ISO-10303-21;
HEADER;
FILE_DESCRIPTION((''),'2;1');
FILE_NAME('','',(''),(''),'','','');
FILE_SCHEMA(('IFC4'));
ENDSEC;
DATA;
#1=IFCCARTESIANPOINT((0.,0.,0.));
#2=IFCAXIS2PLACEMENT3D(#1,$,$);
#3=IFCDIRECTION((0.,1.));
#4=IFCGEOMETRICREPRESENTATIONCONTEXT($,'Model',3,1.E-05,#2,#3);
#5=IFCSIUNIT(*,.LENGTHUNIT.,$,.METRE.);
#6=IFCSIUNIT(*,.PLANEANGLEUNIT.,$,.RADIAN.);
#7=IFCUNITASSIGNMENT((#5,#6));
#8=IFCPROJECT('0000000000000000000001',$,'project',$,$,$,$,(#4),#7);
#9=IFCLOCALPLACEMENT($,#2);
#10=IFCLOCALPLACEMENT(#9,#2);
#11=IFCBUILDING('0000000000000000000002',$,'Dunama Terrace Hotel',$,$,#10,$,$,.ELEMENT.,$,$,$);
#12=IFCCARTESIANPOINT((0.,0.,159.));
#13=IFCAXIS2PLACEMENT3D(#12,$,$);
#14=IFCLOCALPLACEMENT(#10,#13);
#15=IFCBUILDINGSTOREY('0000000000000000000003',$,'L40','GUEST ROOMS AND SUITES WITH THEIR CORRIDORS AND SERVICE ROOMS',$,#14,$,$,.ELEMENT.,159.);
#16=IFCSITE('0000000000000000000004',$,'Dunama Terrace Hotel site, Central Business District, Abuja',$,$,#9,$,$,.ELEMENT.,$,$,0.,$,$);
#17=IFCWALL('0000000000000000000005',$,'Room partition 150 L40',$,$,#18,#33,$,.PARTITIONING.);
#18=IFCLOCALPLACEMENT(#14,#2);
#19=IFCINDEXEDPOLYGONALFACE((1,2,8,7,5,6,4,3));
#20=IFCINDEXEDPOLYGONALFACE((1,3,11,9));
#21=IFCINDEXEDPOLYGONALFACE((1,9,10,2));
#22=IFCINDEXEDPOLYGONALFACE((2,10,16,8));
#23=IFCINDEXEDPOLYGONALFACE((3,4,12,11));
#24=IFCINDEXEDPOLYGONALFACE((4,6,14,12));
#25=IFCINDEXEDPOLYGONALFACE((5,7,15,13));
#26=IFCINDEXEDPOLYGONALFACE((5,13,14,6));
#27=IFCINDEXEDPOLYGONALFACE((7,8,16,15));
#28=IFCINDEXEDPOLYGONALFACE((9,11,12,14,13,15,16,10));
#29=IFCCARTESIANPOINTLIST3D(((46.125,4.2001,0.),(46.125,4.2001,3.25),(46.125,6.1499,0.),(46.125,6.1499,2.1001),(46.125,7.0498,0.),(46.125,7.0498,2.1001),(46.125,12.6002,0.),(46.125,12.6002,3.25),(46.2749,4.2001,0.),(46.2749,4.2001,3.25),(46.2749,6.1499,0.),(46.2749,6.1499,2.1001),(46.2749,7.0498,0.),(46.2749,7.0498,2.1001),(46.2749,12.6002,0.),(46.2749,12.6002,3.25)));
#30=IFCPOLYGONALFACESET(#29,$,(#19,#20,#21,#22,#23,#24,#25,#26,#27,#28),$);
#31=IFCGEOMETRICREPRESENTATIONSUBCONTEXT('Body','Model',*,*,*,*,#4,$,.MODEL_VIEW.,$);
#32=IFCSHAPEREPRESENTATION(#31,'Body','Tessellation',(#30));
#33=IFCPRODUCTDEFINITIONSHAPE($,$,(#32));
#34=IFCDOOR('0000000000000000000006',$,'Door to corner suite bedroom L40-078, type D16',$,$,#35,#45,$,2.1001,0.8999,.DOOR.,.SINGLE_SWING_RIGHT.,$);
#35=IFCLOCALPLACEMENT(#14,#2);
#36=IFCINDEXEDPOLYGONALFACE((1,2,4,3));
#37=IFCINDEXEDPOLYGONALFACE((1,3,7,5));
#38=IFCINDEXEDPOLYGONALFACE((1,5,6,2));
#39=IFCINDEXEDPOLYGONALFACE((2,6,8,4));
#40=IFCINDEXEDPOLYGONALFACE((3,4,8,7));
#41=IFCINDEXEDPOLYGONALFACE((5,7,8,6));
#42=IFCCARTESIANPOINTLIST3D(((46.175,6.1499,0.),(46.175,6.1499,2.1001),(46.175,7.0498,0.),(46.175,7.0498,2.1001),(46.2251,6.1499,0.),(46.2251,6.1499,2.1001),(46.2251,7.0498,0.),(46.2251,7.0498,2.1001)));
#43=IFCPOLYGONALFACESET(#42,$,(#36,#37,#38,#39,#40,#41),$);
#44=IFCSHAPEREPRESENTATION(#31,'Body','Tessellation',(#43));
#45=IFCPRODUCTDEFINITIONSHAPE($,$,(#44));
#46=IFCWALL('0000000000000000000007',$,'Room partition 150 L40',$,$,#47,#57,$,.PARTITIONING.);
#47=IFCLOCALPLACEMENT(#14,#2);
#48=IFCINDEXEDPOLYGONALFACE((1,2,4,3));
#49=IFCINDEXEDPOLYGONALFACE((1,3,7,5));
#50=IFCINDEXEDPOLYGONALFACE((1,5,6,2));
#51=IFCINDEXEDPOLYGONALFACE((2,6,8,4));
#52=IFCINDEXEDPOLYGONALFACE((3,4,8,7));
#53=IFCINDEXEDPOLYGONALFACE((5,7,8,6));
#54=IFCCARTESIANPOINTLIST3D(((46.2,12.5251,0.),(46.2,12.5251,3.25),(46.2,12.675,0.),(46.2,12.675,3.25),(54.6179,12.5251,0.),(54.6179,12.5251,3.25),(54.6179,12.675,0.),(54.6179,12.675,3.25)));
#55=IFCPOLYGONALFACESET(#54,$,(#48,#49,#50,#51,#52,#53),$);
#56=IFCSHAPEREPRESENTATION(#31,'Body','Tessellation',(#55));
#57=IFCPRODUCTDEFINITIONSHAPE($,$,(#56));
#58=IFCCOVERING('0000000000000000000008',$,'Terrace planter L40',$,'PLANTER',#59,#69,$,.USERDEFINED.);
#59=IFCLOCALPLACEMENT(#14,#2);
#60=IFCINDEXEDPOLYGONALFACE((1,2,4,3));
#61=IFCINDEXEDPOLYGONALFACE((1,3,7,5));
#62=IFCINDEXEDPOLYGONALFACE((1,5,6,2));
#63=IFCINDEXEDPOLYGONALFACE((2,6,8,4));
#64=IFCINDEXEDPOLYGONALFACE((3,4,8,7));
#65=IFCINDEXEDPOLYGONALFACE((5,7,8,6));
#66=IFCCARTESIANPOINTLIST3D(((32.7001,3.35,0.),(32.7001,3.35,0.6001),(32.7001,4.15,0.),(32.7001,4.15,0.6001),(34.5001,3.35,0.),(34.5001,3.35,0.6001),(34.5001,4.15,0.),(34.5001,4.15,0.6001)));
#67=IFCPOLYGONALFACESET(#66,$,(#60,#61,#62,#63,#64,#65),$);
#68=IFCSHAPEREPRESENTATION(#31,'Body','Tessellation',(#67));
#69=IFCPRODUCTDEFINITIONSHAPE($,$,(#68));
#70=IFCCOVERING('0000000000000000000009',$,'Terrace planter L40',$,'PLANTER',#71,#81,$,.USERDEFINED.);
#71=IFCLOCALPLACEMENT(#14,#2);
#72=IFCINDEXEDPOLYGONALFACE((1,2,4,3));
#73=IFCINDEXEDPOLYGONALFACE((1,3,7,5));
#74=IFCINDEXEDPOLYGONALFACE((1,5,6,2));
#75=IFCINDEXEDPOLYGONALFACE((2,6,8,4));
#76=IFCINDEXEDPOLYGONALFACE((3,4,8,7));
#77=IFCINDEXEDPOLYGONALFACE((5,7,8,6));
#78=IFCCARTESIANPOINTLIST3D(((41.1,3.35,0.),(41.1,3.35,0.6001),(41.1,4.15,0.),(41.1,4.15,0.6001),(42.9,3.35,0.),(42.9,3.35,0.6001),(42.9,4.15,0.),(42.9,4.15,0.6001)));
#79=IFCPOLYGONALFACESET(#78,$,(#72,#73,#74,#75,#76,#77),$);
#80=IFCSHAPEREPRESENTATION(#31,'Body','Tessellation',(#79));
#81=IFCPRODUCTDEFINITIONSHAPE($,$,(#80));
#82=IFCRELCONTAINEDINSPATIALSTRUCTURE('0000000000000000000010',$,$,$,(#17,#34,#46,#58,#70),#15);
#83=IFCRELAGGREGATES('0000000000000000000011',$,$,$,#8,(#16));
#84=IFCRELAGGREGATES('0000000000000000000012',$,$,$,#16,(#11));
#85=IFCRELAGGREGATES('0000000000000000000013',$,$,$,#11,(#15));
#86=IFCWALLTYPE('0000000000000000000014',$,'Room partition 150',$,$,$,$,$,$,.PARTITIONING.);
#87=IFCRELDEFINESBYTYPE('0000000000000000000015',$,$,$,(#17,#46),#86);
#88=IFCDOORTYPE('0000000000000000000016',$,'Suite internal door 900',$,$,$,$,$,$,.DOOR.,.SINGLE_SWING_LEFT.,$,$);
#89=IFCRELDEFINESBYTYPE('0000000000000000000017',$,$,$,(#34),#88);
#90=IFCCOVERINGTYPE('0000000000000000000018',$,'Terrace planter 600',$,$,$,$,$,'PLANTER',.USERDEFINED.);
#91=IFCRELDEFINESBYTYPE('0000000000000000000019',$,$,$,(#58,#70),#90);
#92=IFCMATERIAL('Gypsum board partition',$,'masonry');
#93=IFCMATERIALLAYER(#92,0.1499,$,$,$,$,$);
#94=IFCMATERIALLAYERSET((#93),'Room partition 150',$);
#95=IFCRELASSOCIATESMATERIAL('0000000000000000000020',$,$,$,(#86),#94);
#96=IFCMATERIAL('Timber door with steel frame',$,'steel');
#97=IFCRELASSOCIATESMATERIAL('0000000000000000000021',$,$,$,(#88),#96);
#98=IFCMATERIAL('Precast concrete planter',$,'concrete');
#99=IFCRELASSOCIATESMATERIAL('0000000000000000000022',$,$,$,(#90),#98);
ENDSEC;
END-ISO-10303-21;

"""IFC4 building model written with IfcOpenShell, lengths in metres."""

from ifc_helpers import new_model, si_unit, direction, frame, frame_2d, origin, origin_2d, place, context, subcontext, project, spatial, rectangle, extrude, material, layer, layer_set, type_object, element, fill, save


model = new_model("IFC4")

# Units and contexts
model_context = context("Model", 3, precision=1e-05, world=origin(), true_north=direction((0.0, 1.0)))
body_context = subcontext(model_context, "Body", "Model", "MODEL_VIEW")
ifc_project = project(units=[si_unit("LENGTHUNIT", "METRE"), si_unit("PLANEANGLEUNIT", "RADIAN")], contexts=[model_context])

# Site, building, storey
site_placement = place(None, origin())
site = spatial("IfcSite", under=ifc_project, at=site_placement, Name="Dunama Terrace Hotel site, Central Business District, Abuja", CompositionType="ELEMENT", RefElevation=0.0)
building_placement = place(site_placement, origin())
building = spatial("IfcBuilding", under=site, at=building_placement, Name="Dunama Terrace Hotel", CompositionType="ELEMENT")
storey_placement = place(building_placement, frame((0.0, 0.0, 159.0)))
storey = spatial("IfcBuildingStorey", under=building, at=storey_placement, Name="L40", Description="GUEST ROOMS AND SUITES WITH THEIR CORRIDORS AND SERVICE ROOMS", CompositionType="ELEMENT", Elevation=159.0)

# Wall, opening, door
ifc_material_1 = material(Name="Gypsum board partition", Category="masonry")
ifc_layer_1 = layer(ifc_material_1, 0.1499)
ifc_layer_set_1 = layer_set([ifc_layer_1], Name="Room partition 150")
wall_type_1 = type_object("IfcWallType", Name="Room partition 150", PredefinedType="PARTITIONING", material=ifc_layer_set_1)
ifc_material_2 = material(Name="Timber door with steel frame", Category="steel")
door_type_1 = type_object("IfcDoorType", Name="Suite internal door 900", OperationType="SINGLE_SWING_LEFT", PredefinedType="DOOR", material=ifc_material_2)
wall_1_placement = place(storey_placement, frame((46.2, 4.2, 0.0), z_axis=(0.0, 0.0, 1.0), x_axis=(0.0, 1.0, 0.0)))
wall_1 = element("IfcWall", 1, at=wall_1_placement, inside=storey, type_object=wall_type_1, Name="Room partition 150 L40", PredefinedType="PARTITIONING", context=body_context, shape_type="SweptSolid", body=[
    extrude(rectangle(XDim=8.4001, YDim=0.1499, at=frame_2d((4.2002, 0.0))), origin(), (0.0, 0.0, 1.0), 3.25),
])
opening_1_placement = place(wall_1_placement, frame((1.95, 0.0, 0.0)))
opening_1 = element("IfcOpeningElement", 2, at=opening_1_placement, cuts=wall_1, PredefinedType="OPENING", context=body_context, shape_type="SweptSolid", body=[
    extrude(rectangle(XDim=0.8999, YDim=2.1001, at=frame_2d((0.45, 1.05))), frame((0.0, 0.085, 0.0), z_axis=(0.0, -1.0, 0.0), x_axis=(1.0, 0.0, 0.0)), (0.0, 0.0, 1.0), 0.1699),
])
door_1_placement = place(opening_1_placement, frame((0.8999, 0.0, 0.0), z_axis=(0.0, 0.0, 1.0), x_axis=(-1.0, 0.0, 0.0)))
door_1 = element("IfcDoor", 3, at=door_1_placement, inside=storey, type_object=door_type_1, Name="Door to corner suite bedroom L40-078, type D16", OperationType="SINGLE_SWING_RIGHT", OverallHeight=2.1001, OverallWidth=0.8999, PredefinedType="DOOR", context=body_context, shape_type="SweptSolid", body=[
    extrude(rectangle(XDim=0.8999, YDim=2.1001, at=frame_2d((0.45, 1.05))), frame((0.0, 0.0251, 0.0), z_axis=(0.0, -1.0, 0.0), x_axis=(1.0, 0.0, 0.0)), (0.0, 0.0, 1.0), 0.05),
])
fill(opening_1, door_1)

# Wall
wall_2_placement = place(storey_placement, frame((46.2, 12.6001, 0.0), z_axis=(0.0, 0.0, 1.0), x_axis=(1.0, 0.0, 0.0)))
element("IfcWall", 4, at=wall_2_placement, inside=storey, type_object=wall_type_1, Name="Room partition 150 L40", PredefinedType="PARTITIONING", context=body_context, shape_type="SweptSolid", body=[
    extrude(rectangle(XDim=8.418, YDim=0.1499, at=frame_2d((4.209, 0.0))), origin(), (0.0, 0.0, 1.0), 3.25),
])

# Coverings
ifc_material_3 = material(Name="Precast concrete planter", Category="concrete")
covering_type = type_object("IfcCoveringType", Name="Terrace planter 600", ElementType="PLANTER", PredefinedType="USERDEFINED", material=ifc_material_3)
for number, where, z_axis, x_axis, name in (
    (5, (33.6001, 3.75, 0.0), (0.0, 0.0, 1.0), (1.0, 0.0, 0.0), "Terrace planter L40"),
    (6, (42.0, 3.75, 0.0), (0.0, 0.0, 1.0), (1.0, 0.0, 0.0), "Terrace planter L40"),
):
    element("IfcCovering", number, at=place(storey_placement, frame(where, z_axis=z_axis, x_axis=x_axis)), inside=storey, type_object=covering_type, Name=name, ObjectType="PLANTER", PredefinedType="USERDEFINED", context=body_context, shape_type="SweptSolid", body=[
        extrude(rectangle(XDim=1.8, YDim=0.8, at=origin_2d()), origin(), (0.0, 0.0, 1.0), 0.6001),
    ])

save(model, "model.ifc")
